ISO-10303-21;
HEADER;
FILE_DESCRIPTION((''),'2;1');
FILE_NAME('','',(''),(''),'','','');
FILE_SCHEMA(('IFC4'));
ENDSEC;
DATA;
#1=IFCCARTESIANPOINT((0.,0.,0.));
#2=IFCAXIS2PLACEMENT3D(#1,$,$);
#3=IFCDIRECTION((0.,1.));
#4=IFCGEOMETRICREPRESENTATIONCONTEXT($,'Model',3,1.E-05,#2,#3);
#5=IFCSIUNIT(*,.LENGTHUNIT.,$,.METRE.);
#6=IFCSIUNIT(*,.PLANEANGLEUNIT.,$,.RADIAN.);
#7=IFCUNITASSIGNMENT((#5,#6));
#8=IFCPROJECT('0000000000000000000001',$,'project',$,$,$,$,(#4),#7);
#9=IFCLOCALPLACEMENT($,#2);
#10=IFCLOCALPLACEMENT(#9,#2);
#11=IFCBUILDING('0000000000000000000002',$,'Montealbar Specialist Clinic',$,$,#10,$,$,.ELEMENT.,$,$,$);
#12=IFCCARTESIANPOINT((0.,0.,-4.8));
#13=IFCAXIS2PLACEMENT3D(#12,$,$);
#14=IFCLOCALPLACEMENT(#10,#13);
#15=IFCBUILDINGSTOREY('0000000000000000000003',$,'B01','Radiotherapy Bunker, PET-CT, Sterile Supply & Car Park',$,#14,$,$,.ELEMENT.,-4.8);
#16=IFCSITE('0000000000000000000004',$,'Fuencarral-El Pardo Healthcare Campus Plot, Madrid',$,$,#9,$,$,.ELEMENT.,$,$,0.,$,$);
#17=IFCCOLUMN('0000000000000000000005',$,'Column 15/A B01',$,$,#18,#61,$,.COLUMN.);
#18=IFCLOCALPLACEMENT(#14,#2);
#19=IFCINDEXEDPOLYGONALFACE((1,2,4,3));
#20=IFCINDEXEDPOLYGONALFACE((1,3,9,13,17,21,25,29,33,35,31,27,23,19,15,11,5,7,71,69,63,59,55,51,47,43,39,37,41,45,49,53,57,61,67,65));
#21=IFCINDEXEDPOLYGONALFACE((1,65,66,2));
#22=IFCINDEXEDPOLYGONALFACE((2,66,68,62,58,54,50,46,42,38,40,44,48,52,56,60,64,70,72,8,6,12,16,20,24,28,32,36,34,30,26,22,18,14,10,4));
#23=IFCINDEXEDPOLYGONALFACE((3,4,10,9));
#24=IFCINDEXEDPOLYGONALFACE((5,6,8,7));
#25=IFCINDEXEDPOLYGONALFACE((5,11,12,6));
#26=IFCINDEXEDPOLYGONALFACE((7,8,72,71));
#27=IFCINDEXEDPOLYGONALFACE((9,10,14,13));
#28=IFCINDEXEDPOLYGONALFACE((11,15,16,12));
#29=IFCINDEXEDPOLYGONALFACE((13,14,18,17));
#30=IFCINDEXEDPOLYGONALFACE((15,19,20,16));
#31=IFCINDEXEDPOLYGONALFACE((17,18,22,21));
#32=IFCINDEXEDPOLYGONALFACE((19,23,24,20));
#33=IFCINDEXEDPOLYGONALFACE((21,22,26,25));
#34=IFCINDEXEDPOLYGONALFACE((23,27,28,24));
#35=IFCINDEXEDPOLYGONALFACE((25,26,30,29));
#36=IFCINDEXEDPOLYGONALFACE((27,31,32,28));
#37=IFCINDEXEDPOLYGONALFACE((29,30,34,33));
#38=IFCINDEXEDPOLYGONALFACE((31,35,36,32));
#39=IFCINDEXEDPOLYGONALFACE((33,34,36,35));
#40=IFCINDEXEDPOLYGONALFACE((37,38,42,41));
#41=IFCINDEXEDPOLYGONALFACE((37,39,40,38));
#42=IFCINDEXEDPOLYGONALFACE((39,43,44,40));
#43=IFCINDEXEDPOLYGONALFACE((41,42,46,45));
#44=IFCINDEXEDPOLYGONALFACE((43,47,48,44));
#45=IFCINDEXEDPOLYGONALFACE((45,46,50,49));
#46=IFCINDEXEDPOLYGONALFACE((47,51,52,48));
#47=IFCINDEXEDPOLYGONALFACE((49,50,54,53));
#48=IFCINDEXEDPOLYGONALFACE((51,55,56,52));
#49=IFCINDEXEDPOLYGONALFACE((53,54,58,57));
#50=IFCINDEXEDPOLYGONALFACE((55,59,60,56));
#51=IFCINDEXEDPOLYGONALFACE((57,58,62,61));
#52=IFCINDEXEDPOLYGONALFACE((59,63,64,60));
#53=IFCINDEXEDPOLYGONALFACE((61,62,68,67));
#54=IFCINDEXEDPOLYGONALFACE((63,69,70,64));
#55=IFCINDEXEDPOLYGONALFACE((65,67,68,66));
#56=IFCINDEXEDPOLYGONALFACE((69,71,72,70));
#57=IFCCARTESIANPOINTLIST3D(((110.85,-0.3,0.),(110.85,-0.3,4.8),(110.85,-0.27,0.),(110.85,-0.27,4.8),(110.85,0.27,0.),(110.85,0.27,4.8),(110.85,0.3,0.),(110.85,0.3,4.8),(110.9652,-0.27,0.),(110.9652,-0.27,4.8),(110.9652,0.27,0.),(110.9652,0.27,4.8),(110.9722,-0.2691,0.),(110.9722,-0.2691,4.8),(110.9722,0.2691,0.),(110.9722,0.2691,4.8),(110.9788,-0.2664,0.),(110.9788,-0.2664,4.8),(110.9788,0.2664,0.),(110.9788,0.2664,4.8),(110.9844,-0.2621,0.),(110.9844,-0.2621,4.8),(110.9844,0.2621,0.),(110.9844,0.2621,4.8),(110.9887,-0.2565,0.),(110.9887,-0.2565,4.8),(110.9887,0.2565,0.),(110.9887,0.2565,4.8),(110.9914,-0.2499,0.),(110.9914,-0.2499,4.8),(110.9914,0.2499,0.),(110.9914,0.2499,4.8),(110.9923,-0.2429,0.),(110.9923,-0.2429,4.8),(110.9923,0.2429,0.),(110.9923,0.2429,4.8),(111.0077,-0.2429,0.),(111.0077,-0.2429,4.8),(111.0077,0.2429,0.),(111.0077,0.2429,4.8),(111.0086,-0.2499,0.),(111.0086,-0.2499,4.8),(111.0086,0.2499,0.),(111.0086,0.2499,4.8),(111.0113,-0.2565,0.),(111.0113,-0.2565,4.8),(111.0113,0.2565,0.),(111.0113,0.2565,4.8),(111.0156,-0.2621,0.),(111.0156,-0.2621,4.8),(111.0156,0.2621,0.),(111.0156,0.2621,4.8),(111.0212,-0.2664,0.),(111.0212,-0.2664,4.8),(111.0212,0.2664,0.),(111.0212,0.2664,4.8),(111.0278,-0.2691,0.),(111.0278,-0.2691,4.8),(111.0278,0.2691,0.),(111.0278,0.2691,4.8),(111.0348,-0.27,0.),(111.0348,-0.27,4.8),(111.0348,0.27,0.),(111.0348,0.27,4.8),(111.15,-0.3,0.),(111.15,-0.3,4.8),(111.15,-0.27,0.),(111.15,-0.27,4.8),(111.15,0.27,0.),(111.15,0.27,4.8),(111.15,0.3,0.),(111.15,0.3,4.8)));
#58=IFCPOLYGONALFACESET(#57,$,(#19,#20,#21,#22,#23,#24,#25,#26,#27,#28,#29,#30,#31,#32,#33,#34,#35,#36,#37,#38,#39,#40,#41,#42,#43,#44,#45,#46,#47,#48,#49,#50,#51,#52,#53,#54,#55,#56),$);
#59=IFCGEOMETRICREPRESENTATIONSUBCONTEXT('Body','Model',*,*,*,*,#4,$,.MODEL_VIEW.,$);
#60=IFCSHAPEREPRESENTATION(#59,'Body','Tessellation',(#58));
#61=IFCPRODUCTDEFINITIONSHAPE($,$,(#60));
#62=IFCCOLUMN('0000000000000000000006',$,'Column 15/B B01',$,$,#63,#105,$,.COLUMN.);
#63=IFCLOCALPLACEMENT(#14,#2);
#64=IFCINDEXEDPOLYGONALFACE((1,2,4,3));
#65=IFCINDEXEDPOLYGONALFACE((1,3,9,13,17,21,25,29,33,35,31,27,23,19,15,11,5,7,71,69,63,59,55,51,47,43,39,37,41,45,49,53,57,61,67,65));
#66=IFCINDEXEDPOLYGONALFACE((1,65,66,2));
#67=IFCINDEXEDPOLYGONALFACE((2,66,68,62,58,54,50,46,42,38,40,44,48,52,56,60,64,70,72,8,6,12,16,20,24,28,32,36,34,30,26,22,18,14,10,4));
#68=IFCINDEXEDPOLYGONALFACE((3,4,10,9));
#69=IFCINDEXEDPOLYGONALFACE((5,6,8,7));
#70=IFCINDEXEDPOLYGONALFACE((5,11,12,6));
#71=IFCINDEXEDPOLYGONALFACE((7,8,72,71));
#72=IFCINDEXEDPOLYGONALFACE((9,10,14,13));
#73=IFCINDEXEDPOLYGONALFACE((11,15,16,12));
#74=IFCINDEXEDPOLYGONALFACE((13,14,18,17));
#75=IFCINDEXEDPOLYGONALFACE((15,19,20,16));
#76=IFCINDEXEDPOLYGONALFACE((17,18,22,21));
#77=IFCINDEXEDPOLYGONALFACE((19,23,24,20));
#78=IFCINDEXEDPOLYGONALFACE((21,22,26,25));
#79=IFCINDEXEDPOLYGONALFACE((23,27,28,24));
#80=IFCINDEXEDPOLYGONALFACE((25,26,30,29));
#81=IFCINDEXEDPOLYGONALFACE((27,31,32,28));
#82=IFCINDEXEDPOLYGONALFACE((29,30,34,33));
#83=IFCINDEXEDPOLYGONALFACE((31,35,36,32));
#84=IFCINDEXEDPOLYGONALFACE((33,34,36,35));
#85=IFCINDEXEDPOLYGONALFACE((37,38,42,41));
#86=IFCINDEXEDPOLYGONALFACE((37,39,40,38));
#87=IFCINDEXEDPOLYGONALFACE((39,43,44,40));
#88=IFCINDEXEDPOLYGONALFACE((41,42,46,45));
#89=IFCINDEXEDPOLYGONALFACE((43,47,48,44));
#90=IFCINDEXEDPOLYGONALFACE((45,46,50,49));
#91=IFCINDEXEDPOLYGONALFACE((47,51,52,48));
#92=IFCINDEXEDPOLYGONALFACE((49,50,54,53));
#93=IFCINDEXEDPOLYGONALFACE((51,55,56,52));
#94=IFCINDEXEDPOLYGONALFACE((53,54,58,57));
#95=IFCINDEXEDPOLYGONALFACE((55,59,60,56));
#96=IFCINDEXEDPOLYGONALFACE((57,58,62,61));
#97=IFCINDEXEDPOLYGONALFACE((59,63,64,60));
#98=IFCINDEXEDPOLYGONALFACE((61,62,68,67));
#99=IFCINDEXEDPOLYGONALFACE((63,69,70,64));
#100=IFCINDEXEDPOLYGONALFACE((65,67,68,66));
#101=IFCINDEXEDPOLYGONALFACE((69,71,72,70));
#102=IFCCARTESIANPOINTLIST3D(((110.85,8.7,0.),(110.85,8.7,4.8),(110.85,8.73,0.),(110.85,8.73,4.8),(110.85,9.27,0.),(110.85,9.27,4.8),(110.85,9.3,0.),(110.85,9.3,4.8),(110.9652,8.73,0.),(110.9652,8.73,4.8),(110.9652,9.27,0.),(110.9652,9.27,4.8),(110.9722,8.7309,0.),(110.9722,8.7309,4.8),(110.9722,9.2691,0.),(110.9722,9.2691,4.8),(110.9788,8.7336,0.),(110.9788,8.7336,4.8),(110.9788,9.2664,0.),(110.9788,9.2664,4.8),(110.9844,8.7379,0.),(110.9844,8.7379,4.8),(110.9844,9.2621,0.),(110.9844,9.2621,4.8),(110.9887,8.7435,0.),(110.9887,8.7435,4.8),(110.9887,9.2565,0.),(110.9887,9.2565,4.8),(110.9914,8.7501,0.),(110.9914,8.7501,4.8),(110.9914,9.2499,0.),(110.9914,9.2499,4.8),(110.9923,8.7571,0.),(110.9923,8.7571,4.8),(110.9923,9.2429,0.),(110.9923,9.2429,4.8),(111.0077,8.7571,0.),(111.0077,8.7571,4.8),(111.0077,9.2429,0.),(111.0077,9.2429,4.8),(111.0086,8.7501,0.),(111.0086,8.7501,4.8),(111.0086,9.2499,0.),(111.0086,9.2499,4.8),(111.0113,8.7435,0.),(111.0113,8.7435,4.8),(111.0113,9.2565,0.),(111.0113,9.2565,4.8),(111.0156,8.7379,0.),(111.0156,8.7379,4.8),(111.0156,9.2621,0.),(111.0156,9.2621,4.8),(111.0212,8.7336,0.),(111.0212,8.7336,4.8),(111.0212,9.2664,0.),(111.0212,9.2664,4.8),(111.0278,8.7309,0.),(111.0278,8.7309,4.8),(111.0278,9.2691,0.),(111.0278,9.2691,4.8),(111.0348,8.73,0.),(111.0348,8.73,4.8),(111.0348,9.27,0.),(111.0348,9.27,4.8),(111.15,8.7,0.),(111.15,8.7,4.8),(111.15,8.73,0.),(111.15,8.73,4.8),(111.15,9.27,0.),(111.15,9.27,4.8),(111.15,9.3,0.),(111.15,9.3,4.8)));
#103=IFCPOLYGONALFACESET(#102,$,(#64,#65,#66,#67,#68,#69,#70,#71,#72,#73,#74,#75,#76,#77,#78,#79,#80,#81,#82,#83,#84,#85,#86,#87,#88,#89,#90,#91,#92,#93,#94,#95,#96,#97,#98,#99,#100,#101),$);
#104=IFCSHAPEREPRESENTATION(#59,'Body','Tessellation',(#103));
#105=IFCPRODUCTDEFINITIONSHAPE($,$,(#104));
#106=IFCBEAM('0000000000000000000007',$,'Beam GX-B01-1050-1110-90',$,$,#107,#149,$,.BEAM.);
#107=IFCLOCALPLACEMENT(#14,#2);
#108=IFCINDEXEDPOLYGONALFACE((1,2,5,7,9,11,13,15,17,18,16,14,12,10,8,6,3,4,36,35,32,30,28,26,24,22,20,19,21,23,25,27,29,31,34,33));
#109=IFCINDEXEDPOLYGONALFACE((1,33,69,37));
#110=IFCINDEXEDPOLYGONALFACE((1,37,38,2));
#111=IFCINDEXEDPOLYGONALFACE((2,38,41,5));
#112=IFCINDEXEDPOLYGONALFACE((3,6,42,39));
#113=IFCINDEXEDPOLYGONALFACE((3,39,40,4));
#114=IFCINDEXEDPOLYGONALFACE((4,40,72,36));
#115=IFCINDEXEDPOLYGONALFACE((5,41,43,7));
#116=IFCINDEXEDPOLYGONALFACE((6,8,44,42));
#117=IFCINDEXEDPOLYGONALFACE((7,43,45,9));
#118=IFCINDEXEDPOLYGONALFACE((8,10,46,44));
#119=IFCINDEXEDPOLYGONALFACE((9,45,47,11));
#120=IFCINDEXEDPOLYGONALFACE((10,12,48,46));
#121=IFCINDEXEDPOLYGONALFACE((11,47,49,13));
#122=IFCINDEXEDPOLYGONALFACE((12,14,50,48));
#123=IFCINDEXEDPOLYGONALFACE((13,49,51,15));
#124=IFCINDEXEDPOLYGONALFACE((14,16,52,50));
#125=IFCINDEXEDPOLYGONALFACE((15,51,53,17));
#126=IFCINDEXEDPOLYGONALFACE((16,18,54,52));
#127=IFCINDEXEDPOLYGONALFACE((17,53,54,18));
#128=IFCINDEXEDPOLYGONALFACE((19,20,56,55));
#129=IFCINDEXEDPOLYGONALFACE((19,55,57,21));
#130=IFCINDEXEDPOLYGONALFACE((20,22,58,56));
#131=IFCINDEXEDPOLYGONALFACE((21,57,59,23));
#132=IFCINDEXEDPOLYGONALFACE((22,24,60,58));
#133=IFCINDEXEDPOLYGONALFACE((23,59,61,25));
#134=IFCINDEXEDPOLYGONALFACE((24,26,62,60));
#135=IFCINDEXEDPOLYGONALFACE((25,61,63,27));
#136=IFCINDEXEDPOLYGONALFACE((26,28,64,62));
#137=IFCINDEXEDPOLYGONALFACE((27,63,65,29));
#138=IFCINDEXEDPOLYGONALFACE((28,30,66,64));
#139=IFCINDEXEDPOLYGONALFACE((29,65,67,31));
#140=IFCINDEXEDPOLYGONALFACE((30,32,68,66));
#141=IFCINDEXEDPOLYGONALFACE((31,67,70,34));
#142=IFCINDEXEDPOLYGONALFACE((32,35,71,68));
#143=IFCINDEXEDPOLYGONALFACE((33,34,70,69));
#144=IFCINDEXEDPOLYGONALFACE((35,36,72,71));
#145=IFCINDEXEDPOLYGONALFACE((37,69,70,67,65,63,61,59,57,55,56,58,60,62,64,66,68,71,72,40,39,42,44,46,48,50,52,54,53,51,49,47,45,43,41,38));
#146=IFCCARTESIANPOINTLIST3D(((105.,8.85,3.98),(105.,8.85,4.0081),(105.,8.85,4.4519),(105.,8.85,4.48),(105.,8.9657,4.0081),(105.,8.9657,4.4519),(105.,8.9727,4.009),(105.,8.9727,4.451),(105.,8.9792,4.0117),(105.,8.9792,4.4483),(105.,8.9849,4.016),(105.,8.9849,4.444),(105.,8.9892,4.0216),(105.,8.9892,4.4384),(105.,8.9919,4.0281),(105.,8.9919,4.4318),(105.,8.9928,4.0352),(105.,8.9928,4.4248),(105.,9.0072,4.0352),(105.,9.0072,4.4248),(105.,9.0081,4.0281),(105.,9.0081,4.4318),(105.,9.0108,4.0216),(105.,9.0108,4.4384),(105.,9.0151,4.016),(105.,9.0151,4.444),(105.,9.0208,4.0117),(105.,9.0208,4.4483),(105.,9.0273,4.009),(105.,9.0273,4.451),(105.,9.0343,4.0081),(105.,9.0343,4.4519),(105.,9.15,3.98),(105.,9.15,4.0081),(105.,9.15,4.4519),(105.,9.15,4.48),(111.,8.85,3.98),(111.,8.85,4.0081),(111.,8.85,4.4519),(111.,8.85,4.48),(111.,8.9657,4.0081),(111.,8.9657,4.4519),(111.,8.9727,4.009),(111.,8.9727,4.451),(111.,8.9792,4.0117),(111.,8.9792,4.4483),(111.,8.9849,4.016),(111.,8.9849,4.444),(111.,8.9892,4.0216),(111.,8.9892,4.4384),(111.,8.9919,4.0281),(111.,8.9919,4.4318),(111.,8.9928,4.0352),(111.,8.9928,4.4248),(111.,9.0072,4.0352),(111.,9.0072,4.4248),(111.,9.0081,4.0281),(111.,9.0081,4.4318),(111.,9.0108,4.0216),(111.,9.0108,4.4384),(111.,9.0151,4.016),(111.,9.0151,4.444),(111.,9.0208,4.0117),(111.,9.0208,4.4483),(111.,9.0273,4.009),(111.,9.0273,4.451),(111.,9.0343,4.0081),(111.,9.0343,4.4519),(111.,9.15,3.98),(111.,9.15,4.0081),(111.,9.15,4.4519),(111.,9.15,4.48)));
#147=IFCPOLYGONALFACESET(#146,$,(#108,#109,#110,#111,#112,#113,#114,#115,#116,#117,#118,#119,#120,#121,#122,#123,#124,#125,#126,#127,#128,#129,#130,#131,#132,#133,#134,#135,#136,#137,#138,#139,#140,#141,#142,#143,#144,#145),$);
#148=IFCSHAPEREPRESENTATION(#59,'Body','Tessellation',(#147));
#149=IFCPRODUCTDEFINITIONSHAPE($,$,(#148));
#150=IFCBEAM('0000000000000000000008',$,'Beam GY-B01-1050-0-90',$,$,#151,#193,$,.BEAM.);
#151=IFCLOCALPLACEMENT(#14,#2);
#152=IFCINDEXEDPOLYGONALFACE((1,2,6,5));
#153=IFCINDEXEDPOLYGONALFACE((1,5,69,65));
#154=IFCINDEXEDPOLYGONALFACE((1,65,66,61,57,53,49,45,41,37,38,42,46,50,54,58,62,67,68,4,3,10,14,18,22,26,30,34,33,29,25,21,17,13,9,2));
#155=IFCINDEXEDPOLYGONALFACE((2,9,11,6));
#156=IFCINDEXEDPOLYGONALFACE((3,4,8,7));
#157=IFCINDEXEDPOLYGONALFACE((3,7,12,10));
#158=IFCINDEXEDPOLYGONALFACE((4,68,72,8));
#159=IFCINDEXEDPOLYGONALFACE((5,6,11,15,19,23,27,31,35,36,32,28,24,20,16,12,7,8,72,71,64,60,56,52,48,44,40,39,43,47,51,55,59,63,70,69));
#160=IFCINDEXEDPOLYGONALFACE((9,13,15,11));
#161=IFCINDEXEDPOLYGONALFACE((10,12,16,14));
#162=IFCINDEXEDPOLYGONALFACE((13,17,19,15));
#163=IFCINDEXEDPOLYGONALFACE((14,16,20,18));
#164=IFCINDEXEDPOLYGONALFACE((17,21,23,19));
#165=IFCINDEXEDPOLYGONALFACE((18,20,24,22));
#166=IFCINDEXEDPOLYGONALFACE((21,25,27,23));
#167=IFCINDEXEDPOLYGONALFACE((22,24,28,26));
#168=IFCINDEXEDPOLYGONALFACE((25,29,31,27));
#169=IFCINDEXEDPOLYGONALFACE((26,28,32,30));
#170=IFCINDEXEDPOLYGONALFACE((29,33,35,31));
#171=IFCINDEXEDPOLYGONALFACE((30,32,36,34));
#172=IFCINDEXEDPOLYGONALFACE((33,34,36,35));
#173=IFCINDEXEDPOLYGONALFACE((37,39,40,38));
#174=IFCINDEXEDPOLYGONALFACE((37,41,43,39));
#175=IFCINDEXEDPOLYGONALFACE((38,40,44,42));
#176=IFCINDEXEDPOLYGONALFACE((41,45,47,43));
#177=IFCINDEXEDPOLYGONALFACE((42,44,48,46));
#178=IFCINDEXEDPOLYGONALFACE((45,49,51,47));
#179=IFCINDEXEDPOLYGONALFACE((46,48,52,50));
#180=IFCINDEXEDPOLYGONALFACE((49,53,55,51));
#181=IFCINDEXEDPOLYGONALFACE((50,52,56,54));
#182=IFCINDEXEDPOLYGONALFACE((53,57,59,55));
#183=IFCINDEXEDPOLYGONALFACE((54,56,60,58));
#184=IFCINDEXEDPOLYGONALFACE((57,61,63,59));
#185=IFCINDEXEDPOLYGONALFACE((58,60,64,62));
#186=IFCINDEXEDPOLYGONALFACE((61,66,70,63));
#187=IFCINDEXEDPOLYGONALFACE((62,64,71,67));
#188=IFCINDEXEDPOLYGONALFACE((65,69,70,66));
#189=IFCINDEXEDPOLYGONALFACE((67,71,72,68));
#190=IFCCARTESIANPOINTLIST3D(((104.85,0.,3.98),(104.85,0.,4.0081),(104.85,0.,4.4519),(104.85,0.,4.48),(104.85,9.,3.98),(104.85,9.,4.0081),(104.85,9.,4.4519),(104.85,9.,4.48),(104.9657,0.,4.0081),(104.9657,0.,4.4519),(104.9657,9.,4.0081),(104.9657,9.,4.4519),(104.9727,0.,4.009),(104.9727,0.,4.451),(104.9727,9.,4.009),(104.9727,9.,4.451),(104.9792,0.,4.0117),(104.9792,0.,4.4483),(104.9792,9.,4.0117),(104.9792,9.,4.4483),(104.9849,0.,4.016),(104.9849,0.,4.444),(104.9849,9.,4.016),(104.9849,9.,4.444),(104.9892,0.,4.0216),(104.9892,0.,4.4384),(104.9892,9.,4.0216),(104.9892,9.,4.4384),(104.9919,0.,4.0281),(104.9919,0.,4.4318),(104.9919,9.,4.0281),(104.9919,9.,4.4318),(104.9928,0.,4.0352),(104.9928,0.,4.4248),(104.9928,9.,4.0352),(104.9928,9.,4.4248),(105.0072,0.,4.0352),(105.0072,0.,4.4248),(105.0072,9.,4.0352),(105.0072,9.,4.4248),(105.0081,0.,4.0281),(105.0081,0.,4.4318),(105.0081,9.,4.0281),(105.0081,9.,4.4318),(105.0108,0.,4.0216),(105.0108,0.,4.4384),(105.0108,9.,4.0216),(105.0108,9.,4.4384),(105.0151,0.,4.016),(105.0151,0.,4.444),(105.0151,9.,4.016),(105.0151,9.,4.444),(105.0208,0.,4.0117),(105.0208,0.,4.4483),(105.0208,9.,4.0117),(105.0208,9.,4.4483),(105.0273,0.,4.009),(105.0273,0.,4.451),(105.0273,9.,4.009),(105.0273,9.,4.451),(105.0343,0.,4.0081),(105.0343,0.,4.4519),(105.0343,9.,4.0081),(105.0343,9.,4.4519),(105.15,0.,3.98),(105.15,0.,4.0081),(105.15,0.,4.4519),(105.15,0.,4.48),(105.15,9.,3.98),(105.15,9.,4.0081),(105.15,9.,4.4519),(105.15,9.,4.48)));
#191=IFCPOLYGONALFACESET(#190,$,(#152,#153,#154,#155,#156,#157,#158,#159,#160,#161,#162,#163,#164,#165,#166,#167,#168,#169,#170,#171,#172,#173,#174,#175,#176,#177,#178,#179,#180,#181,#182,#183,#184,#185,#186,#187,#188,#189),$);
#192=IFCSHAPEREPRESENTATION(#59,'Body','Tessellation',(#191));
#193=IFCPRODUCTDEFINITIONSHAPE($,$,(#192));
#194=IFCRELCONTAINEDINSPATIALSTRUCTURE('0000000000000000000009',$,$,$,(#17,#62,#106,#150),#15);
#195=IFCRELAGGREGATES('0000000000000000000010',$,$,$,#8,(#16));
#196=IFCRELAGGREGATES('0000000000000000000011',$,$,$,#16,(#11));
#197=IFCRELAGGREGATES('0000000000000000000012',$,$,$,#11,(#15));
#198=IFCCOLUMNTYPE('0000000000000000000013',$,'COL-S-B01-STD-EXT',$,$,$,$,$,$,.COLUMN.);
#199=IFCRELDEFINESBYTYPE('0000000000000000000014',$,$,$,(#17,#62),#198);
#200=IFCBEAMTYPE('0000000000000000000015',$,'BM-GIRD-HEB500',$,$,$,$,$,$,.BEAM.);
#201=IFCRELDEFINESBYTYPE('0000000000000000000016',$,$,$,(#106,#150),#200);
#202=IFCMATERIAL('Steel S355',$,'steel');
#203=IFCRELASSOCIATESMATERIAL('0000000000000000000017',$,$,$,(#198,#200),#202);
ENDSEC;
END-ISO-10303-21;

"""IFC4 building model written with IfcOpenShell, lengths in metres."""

from ifc_helpers import new_model, si_unit, direction, frame, origin, origin_2d, place, context, subcontext, project, spatial, i_section, extrude, material, material_profile, profile_set, type_object, element, save


model = new_model("IFC4")

# Units and contexts
model_context = context("Model", 3, precision=1e-05, world=origin(), true_north=direction((0.0, 1.0)))
body_context = subcontext(model_context, "Body", "Model", "MODEL_VIEW")
ifc_project = project(units=[si_unit("LENGTHUNIT", "METRE"), si_unit("PLANEANGLEUNIT", "RADIAN")], contexts=[model_context])

# Site, building, storey
site_placement = place(None, origin())
site = spatial("IfcSite", under=ifc_project, at=site_placement, Name="Fuencarral-El Pardo Healthcare Campus Plot, Madrid", CompositionType="ELEMENT", RefElevation=0.0)
building_placement = place(site_placement, origin())
building = spatial("IfcBuilding", under=site, at=building_placement, Name="Montealbar Specialist Clinic", CompositionType="ELEMENT")
storey_placement = place(building_placement, frame((0.0, 0.0, -4.8)))
storey = spatial("IfcBuildingStorey", under=building, at=storey_placement, Name="B01", Description="Radiotherapy Bunker, PET-CT, Sterile Supply & Car Park", CompositionType="ELEMENT", Elevation=-4.8)

# Columns
ifc_material_1 = material(Name="Steel S355", Category="steel")
ifc_material_profile_1 = material_profile(ifc_material_1, i_section(OverallWidth=0.3, OverallDepth=0.6001, WebThickness=0.0154, FlangeThickness=0.03, FilletRadius=0.0271, at=origin_2d()), Name="HEB 600", Category="steel")
ifc_profile_set_1 = profile_set([ifc_material_profile_1], Name="Steel S355")
column_type = type_object("IfcColumnType", Name="COL-S-B01-STD-EXT", PredefinedType="COLUMN", material=ifc_profile_set_1)
for number, where, z_axis, x_axis, name in (
    (1, (111.0, 0.0, 0.0), (0.0, 0.0, 1.0), (1.0, 0.0, 0.0), "Column 15/A B01"),
    (2, (111.0, 9.0, 0.0), (0.0, 0.0, 1.0), (1.0, 0.0, 0.0), "Column 15/B B01"),
):
    element("IfcColumn", number, at=place(storey_placement, frame(where, z_axis=z_axis, x_axis=x_axis)), inside=storey, type_object=column_type, Name=name, PredefinedType="COLUMN", context=body_context, shape_type="SweptSolid", body=[
        extrude(i_section(OverallWidth=0.3, OverallDepth=0.6001, WebThickness=0.0154, FlangeThickness=0.03, FilletRadius=0.0271, at=origin_2d()), origin(), (0.0, 0.0, 1.0), 4.8),
    ])

# Beams
ifc_material_profile_2 = material_profile(ifc_material_1, i_section(OverallWidth=0.3, OverallDepth=0.5, WebThickness=0.0144, FlangeThickness=0.0281, FilletRadius=0.0271, at=origin_2d()), Name="HEB 500", Category="steel")
ifc_profile_set_2 = profile_set([ifc_material_profile_2], Name="Steel S355")
beam_type_1 = type_object("IfcBeamType", Name="BM-GIRD-HEB500", PredefinedType="BEAM", material=ifc_profile_set_2)
beam_1_placement = place(storey_placement, frame((105.0, 9.0, 4.23), z_axis=(1.0, 0.0, 0.0), x_axis=(0.0, 1.0, 0.0)))
element("IfcBeam", 3, at=beam_1_placement, inside=storey, type_object=beam_type_1, Name="Beam GX-B01-1050-1110-90", PredefinedType="BEAM", context=body_context, shape_type="SweptSolid", body=[
    extrude(i_section(OverallWidth=0.3, OverallDepth=0.5, WebThickness=0.0144, FlangeThickness=0.0281, FilletRadius=0.0271, at=origin_2d()), origin(), (0.0, 0.0, 1.0), 6.0),
])
beam_2_placement = place(storey_placement, frame((105.0, 0.0, 4.23), z_axis=(0.0, 1.0, 0.0), x_axis=(-1.0, 0.0, 0.0)))
element("IfcBeam", 4, at=beam_2_placement, inside=storey, type_object=beam_type_1, Name="Beam GY-B01-1050-0-90", PredefinedType="BEAM", context=body_context, shape_type="SweptSolid", body=[
    extrude(i_section(OverallWidth=0.3, OverallDepth=0.5, WebThickness=0.0144, FlangeThickness=0.0281, FilletRadius=0.0271, at=origin_2d()), origin(), (0.0, 0.0, 1.0), 9.0),
])

save(model, "model.ifc")
